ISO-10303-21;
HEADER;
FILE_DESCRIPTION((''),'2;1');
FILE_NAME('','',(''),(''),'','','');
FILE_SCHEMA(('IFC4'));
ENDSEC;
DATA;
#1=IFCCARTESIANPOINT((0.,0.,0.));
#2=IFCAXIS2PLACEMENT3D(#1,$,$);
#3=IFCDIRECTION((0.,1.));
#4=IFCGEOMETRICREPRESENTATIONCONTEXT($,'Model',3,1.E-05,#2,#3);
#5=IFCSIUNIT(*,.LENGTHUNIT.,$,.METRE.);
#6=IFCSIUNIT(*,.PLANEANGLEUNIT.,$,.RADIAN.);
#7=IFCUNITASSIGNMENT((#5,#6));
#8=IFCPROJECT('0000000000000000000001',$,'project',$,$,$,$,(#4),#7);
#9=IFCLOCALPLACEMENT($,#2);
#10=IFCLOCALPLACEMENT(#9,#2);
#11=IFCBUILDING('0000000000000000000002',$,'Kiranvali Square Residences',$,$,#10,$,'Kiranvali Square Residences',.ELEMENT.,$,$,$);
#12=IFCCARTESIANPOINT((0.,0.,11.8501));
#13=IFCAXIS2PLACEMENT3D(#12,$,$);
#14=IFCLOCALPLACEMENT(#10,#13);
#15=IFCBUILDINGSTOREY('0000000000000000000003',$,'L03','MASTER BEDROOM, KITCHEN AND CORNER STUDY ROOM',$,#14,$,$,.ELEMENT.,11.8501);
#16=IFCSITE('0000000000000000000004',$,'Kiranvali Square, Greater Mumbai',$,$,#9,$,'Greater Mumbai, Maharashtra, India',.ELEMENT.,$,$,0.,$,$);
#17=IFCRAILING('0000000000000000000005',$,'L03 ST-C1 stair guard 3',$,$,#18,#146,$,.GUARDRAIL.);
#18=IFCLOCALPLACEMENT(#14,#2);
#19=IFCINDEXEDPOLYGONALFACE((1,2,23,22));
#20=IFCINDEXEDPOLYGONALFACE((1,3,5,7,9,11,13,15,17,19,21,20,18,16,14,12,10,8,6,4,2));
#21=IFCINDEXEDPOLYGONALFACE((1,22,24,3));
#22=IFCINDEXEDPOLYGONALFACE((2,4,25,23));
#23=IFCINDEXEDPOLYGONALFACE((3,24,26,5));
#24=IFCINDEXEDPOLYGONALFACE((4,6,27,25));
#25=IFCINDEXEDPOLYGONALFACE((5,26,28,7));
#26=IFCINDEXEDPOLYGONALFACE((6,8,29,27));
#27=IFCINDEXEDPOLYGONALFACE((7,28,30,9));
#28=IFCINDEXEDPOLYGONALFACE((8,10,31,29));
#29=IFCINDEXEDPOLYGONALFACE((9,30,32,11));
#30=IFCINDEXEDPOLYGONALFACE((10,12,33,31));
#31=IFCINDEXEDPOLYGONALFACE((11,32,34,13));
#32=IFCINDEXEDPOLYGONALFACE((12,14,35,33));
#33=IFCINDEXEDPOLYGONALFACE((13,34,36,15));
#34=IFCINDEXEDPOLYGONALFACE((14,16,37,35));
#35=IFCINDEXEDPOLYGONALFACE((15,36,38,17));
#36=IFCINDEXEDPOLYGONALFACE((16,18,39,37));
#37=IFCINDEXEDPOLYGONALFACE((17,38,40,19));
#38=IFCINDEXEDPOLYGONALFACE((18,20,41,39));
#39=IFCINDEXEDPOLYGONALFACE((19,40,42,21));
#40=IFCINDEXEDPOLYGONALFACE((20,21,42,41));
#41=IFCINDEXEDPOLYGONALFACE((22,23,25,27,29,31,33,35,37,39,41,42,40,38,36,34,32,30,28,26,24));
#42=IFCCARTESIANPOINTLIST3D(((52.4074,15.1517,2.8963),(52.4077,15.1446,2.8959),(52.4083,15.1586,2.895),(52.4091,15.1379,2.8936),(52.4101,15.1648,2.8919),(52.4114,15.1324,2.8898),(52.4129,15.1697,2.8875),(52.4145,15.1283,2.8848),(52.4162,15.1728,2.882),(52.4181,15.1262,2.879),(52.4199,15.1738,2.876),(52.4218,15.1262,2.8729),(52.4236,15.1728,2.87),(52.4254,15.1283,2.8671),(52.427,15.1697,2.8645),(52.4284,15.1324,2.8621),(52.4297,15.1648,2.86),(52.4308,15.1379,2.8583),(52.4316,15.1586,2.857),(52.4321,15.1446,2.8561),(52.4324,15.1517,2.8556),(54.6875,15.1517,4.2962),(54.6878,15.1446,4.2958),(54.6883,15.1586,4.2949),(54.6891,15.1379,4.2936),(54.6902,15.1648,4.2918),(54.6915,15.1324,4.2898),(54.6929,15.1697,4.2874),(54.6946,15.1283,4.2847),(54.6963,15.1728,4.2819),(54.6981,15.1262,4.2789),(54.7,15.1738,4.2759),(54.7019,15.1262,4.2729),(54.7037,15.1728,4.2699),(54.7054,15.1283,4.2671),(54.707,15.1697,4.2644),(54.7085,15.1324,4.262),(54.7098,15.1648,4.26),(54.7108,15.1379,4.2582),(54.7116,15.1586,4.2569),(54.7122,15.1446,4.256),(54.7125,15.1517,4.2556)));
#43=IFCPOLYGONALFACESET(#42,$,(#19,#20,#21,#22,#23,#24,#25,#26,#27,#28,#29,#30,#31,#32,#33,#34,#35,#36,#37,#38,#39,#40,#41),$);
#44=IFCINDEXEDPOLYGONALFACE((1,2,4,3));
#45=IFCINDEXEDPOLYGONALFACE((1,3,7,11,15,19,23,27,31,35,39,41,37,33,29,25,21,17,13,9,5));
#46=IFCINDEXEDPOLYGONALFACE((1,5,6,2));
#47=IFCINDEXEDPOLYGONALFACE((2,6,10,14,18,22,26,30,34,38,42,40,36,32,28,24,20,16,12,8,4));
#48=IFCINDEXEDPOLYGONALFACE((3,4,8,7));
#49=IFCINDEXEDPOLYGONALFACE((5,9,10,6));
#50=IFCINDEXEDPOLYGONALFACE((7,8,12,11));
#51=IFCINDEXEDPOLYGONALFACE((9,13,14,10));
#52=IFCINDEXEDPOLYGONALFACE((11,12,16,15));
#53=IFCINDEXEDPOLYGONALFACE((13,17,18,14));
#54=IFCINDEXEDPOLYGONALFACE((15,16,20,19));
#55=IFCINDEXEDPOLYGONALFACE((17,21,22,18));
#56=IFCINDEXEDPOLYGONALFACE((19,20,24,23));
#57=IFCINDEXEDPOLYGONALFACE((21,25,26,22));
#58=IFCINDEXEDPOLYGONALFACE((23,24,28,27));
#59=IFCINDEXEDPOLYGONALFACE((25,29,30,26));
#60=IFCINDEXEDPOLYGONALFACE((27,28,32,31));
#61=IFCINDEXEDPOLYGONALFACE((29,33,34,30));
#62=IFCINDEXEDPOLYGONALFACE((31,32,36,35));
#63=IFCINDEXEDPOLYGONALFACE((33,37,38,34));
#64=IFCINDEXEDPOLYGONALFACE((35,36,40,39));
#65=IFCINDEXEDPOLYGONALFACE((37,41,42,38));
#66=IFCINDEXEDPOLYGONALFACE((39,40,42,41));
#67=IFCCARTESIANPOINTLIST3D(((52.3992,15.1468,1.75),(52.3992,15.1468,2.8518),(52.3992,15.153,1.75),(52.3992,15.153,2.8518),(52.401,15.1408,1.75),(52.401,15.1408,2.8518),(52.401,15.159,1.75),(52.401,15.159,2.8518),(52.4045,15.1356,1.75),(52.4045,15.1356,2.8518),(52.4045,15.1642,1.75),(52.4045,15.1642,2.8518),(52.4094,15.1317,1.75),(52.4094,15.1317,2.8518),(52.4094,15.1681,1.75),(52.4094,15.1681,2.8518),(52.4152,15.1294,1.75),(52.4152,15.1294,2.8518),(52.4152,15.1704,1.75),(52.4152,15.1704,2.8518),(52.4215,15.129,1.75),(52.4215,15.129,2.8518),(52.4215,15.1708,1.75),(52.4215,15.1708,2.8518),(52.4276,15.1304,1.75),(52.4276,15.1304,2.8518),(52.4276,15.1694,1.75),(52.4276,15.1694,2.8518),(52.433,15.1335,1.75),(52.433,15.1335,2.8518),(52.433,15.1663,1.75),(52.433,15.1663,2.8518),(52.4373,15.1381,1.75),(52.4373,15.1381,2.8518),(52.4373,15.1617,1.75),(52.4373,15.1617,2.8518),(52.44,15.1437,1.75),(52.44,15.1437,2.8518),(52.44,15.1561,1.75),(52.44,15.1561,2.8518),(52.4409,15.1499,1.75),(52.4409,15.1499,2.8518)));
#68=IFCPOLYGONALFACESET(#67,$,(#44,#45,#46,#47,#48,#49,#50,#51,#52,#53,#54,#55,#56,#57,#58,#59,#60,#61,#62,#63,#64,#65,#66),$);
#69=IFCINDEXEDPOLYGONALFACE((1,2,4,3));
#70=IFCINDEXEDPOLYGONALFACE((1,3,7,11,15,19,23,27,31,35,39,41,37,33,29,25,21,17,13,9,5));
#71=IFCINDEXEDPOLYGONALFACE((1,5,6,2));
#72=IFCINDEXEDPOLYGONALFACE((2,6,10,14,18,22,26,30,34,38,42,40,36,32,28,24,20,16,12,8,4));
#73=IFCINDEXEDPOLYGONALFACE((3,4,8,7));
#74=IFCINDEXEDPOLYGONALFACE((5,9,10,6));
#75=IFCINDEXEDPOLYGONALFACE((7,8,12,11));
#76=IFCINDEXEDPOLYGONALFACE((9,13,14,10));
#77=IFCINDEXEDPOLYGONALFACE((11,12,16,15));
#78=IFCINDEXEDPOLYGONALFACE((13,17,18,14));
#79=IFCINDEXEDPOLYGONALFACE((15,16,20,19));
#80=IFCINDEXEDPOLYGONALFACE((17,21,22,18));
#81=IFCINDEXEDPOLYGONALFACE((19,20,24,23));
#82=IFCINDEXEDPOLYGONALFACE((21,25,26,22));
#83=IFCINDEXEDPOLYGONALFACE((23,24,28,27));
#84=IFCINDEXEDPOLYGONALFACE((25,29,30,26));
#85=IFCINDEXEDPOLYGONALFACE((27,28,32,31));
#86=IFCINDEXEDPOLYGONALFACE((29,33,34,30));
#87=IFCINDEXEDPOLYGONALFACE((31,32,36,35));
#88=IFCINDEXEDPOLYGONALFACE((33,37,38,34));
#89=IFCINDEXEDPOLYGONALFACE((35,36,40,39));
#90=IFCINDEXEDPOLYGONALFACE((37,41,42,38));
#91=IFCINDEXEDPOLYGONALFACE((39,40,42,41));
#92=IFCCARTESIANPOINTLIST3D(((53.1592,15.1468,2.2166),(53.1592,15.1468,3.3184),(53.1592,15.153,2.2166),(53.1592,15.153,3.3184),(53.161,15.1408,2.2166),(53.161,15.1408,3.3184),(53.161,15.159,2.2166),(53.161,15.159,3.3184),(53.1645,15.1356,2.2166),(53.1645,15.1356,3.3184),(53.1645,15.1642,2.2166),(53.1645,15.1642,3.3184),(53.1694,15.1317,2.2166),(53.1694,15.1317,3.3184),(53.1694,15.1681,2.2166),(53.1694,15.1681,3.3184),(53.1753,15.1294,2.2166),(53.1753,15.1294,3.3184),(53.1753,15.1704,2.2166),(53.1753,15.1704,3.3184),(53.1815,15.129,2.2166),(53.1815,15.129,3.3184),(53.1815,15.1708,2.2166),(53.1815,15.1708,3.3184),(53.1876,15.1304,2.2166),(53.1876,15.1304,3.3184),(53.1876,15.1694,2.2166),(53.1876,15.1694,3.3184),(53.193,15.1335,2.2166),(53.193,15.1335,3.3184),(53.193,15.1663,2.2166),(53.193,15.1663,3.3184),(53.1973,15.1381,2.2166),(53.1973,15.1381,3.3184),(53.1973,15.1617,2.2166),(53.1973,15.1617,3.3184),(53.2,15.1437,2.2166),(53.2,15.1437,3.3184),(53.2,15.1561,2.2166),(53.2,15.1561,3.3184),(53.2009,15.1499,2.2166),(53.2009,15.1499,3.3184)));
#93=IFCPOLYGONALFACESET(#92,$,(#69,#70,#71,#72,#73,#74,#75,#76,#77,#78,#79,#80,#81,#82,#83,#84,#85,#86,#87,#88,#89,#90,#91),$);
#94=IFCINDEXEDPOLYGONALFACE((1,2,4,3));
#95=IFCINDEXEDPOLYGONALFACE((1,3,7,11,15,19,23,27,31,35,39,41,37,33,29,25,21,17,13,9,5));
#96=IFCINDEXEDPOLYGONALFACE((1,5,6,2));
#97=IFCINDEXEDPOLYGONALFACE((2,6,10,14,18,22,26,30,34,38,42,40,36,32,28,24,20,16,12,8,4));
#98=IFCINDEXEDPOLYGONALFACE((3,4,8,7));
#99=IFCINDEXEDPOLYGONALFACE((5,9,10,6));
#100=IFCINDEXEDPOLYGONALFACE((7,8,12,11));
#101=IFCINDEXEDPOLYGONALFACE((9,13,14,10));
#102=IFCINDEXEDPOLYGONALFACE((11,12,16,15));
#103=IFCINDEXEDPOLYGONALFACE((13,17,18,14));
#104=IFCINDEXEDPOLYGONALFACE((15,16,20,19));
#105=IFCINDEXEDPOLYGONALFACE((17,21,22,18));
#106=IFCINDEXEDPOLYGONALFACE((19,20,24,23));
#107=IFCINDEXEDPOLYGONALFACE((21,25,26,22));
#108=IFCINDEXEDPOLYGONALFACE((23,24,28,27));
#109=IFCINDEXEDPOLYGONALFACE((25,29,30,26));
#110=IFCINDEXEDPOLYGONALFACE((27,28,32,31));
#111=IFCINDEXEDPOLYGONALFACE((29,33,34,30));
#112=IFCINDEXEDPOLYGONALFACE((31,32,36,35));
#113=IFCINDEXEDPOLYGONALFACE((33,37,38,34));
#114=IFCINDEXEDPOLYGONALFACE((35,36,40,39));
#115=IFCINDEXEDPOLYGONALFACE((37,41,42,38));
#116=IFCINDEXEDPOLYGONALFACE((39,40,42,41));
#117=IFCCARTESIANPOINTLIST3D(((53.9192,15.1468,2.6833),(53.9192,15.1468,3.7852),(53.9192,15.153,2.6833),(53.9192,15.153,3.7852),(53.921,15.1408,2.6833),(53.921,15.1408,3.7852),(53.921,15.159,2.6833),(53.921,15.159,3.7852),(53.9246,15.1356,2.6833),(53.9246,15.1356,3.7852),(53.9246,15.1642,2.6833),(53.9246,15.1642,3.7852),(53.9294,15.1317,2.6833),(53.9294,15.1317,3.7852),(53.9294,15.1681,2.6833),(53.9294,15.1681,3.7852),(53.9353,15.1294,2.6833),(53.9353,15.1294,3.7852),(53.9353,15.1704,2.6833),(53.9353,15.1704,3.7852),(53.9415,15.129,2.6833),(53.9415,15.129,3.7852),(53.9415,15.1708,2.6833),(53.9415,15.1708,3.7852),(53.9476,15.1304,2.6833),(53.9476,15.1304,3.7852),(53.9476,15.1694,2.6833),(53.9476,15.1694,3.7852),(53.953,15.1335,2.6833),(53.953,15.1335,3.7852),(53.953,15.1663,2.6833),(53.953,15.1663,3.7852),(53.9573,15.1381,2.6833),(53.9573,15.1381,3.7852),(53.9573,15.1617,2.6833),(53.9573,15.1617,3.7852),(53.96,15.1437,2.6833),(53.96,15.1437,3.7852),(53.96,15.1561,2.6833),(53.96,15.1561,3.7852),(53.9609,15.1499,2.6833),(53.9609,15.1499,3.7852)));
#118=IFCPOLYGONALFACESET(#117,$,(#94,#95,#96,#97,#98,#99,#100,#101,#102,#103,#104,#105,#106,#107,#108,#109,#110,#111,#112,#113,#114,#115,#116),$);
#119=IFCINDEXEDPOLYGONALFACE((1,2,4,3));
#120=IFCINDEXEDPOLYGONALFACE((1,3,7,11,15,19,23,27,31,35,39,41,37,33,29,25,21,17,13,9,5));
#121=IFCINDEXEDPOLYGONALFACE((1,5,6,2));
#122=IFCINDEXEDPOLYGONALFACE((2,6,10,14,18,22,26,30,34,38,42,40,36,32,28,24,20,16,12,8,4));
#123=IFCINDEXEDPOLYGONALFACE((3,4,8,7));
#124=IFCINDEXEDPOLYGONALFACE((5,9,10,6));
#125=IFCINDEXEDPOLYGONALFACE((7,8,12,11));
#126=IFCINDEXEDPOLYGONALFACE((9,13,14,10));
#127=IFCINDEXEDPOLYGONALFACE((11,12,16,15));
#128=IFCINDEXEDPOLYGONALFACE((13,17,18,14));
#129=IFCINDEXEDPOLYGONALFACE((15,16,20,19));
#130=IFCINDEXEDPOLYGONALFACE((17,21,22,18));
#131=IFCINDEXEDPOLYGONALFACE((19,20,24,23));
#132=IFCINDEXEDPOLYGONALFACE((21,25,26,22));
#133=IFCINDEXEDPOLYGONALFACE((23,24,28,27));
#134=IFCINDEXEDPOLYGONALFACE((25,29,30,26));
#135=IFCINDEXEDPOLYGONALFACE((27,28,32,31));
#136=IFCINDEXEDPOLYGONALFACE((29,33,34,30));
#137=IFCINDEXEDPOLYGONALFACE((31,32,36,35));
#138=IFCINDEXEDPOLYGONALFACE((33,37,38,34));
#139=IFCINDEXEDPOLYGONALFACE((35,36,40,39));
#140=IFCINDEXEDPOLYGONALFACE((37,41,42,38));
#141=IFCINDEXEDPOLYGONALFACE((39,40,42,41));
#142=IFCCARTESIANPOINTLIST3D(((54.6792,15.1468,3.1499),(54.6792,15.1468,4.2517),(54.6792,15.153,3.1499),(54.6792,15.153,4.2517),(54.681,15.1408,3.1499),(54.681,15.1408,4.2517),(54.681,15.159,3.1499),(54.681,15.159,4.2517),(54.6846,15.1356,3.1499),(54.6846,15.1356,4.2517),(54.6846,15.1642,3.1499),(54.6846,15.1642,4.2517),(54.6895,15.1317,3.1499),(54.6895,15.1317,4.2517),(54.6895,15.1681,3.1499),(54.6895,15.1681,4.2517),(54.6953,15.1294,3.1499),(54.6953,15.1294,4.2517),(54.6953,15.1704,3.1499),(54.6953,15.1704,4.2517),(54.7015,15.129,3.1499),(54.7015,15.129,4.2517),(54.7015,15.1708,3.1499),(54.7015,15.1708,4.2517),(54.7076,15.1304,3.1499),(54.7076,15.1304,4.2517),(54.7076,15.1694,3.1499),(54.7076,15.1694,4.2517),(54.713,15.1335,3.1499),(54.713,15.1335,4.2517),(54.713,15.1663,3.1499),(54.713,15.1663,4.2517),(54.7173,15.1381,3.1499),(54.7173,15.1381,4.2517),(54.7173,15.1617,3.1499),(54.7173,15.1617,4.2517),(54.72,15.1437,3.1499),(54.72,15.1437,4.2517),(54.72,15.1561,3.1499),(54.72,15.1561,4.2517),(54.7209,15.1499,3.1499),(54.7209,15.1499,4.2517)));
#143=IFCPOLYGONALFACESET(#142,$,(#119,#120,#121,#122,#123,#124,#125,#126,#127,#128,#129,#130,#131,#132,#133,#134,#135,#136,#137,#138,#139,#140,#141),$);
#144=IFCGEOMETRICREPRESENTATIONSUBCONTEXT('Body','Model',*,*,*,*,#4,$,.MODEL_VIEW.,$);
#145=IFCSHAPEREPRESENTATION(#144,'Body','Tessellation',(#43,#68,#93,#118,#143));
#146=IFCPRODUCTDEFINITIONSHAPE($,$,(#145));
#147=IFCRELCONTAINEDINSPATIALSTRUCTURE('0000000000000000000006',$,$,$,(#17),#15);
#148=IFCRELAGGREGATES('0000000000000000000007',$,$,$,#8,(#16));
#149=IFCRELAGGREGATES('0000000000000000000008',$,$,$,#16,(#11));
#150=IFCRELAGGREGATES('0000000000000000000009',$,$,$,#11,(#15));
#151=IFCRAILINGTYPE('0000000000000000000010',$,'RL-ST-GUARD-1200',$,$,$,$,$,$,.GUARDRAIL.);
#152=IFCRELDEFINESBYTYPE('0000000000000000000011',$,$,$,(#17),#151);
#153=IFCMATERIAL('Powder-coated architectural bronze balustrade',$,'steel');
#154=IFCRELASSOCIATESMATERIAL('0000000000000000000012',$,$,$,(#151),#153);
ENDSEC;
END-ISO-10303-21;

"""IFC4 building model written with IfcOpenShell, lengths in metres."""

from ifc_helpers import new_model, si_unit, direction, frame, origin, origin_2d, place, context, subcontext, project, spatial, circle, extrude, material, type_object, element, save


model = new_model("IFC4")

# Units and contexts
model_context = context("Model", 3, precision=1e-05, world=origin(), true_north=direction((0.0, 1.0)))
body_context = subcontext(model_context, "Body", "Model", "MODEL_VIEW")
ifc_project = project(units=[si_unit("LENGTHUNIT", "METRE"), si_unit("PLANEANGLEUNIT", "RADIAN")], contexts=[model_context])

# Site, building, storey
site_placement = place(None, origin())
site = spatial("IfcSite", under=ifc_project, at=site_placement, Name="Kiranvali Square, Greater Mumbai", LongName="Greater Mumbai, Maharashtra, India", CompositionType="ELEMENT", RefElevation=0.0)
building_placement = place(site_placement, origin())
building = spatial("IfcBuilding", under=site, at=building_placement, Name="Kiranvali Square Residences", LongName="Kiranvali Square Residences", CompositionType="ELEMENT")
storey_placement = place(building_placement, frame((0.0, 0.0, 11.8501)))
storey = spatial("IfcBuildingStorey", under=building, at=storey_placement, Name="L03", Description="MASTER BEDROOM, KITCHEN AND CORNER STUDY ROOM", CompositionType="ELEMENT", Elevation=11.8501)

# Railing
ifc_material_1 = material(Name="Powder-coated architectural bronze balustrade", Category="steel")
railing_type_1 = type_object("IfcRailingType", Name="RL-ST-GUARD-1200", PredefinedType="GUARDRAIL", material=ifc_material_1)
railing_1_placement = place(storey_placement, frame((52.4199, 15.1499, 1.75)))
element("IfcRailing", 1, at=railing_1_placement, inside=storey, type_object=railing_type_1, Name="L03 ST-C1 stair guard 3", PredefinedType="GUARDRAIL", context=body_context, shape_type="SweptSolid", body=[
    extrude(circle(Radius=0.0239, at=origin_2d()), frame((0.0, 0.0, 1.126), z_axis=(0.85219, 0.0, 0.523232), x_axis=(0.0, 1.0, 0.0)), (0.0, 0.0, 1.0), 2.6755),
    extrude(circle(Radius=0.021, at=origin_2d()), origin(), (0.0, 0.0, 1.0), 1.1018),
    extrude(circle(Radius=0.021, at=origin_2d()), frame((0.76, 0.0, 0.4666)), (0.0, 0.0, 1.0), 1.1018),
    extrude(circle(Radius=0.021, at=origin_2d()), frame((1.52, 0.0, 0.9333)), (0.0, 0.0, 1.0), 1.1018),
    extrude(circle(Radius=0.021, at=origin_2d()), frame((2.28, 0.0, 1.3999)), (0.0, 0.0, 1.0), 1.1018),
])

save(model, "model.ifc")
